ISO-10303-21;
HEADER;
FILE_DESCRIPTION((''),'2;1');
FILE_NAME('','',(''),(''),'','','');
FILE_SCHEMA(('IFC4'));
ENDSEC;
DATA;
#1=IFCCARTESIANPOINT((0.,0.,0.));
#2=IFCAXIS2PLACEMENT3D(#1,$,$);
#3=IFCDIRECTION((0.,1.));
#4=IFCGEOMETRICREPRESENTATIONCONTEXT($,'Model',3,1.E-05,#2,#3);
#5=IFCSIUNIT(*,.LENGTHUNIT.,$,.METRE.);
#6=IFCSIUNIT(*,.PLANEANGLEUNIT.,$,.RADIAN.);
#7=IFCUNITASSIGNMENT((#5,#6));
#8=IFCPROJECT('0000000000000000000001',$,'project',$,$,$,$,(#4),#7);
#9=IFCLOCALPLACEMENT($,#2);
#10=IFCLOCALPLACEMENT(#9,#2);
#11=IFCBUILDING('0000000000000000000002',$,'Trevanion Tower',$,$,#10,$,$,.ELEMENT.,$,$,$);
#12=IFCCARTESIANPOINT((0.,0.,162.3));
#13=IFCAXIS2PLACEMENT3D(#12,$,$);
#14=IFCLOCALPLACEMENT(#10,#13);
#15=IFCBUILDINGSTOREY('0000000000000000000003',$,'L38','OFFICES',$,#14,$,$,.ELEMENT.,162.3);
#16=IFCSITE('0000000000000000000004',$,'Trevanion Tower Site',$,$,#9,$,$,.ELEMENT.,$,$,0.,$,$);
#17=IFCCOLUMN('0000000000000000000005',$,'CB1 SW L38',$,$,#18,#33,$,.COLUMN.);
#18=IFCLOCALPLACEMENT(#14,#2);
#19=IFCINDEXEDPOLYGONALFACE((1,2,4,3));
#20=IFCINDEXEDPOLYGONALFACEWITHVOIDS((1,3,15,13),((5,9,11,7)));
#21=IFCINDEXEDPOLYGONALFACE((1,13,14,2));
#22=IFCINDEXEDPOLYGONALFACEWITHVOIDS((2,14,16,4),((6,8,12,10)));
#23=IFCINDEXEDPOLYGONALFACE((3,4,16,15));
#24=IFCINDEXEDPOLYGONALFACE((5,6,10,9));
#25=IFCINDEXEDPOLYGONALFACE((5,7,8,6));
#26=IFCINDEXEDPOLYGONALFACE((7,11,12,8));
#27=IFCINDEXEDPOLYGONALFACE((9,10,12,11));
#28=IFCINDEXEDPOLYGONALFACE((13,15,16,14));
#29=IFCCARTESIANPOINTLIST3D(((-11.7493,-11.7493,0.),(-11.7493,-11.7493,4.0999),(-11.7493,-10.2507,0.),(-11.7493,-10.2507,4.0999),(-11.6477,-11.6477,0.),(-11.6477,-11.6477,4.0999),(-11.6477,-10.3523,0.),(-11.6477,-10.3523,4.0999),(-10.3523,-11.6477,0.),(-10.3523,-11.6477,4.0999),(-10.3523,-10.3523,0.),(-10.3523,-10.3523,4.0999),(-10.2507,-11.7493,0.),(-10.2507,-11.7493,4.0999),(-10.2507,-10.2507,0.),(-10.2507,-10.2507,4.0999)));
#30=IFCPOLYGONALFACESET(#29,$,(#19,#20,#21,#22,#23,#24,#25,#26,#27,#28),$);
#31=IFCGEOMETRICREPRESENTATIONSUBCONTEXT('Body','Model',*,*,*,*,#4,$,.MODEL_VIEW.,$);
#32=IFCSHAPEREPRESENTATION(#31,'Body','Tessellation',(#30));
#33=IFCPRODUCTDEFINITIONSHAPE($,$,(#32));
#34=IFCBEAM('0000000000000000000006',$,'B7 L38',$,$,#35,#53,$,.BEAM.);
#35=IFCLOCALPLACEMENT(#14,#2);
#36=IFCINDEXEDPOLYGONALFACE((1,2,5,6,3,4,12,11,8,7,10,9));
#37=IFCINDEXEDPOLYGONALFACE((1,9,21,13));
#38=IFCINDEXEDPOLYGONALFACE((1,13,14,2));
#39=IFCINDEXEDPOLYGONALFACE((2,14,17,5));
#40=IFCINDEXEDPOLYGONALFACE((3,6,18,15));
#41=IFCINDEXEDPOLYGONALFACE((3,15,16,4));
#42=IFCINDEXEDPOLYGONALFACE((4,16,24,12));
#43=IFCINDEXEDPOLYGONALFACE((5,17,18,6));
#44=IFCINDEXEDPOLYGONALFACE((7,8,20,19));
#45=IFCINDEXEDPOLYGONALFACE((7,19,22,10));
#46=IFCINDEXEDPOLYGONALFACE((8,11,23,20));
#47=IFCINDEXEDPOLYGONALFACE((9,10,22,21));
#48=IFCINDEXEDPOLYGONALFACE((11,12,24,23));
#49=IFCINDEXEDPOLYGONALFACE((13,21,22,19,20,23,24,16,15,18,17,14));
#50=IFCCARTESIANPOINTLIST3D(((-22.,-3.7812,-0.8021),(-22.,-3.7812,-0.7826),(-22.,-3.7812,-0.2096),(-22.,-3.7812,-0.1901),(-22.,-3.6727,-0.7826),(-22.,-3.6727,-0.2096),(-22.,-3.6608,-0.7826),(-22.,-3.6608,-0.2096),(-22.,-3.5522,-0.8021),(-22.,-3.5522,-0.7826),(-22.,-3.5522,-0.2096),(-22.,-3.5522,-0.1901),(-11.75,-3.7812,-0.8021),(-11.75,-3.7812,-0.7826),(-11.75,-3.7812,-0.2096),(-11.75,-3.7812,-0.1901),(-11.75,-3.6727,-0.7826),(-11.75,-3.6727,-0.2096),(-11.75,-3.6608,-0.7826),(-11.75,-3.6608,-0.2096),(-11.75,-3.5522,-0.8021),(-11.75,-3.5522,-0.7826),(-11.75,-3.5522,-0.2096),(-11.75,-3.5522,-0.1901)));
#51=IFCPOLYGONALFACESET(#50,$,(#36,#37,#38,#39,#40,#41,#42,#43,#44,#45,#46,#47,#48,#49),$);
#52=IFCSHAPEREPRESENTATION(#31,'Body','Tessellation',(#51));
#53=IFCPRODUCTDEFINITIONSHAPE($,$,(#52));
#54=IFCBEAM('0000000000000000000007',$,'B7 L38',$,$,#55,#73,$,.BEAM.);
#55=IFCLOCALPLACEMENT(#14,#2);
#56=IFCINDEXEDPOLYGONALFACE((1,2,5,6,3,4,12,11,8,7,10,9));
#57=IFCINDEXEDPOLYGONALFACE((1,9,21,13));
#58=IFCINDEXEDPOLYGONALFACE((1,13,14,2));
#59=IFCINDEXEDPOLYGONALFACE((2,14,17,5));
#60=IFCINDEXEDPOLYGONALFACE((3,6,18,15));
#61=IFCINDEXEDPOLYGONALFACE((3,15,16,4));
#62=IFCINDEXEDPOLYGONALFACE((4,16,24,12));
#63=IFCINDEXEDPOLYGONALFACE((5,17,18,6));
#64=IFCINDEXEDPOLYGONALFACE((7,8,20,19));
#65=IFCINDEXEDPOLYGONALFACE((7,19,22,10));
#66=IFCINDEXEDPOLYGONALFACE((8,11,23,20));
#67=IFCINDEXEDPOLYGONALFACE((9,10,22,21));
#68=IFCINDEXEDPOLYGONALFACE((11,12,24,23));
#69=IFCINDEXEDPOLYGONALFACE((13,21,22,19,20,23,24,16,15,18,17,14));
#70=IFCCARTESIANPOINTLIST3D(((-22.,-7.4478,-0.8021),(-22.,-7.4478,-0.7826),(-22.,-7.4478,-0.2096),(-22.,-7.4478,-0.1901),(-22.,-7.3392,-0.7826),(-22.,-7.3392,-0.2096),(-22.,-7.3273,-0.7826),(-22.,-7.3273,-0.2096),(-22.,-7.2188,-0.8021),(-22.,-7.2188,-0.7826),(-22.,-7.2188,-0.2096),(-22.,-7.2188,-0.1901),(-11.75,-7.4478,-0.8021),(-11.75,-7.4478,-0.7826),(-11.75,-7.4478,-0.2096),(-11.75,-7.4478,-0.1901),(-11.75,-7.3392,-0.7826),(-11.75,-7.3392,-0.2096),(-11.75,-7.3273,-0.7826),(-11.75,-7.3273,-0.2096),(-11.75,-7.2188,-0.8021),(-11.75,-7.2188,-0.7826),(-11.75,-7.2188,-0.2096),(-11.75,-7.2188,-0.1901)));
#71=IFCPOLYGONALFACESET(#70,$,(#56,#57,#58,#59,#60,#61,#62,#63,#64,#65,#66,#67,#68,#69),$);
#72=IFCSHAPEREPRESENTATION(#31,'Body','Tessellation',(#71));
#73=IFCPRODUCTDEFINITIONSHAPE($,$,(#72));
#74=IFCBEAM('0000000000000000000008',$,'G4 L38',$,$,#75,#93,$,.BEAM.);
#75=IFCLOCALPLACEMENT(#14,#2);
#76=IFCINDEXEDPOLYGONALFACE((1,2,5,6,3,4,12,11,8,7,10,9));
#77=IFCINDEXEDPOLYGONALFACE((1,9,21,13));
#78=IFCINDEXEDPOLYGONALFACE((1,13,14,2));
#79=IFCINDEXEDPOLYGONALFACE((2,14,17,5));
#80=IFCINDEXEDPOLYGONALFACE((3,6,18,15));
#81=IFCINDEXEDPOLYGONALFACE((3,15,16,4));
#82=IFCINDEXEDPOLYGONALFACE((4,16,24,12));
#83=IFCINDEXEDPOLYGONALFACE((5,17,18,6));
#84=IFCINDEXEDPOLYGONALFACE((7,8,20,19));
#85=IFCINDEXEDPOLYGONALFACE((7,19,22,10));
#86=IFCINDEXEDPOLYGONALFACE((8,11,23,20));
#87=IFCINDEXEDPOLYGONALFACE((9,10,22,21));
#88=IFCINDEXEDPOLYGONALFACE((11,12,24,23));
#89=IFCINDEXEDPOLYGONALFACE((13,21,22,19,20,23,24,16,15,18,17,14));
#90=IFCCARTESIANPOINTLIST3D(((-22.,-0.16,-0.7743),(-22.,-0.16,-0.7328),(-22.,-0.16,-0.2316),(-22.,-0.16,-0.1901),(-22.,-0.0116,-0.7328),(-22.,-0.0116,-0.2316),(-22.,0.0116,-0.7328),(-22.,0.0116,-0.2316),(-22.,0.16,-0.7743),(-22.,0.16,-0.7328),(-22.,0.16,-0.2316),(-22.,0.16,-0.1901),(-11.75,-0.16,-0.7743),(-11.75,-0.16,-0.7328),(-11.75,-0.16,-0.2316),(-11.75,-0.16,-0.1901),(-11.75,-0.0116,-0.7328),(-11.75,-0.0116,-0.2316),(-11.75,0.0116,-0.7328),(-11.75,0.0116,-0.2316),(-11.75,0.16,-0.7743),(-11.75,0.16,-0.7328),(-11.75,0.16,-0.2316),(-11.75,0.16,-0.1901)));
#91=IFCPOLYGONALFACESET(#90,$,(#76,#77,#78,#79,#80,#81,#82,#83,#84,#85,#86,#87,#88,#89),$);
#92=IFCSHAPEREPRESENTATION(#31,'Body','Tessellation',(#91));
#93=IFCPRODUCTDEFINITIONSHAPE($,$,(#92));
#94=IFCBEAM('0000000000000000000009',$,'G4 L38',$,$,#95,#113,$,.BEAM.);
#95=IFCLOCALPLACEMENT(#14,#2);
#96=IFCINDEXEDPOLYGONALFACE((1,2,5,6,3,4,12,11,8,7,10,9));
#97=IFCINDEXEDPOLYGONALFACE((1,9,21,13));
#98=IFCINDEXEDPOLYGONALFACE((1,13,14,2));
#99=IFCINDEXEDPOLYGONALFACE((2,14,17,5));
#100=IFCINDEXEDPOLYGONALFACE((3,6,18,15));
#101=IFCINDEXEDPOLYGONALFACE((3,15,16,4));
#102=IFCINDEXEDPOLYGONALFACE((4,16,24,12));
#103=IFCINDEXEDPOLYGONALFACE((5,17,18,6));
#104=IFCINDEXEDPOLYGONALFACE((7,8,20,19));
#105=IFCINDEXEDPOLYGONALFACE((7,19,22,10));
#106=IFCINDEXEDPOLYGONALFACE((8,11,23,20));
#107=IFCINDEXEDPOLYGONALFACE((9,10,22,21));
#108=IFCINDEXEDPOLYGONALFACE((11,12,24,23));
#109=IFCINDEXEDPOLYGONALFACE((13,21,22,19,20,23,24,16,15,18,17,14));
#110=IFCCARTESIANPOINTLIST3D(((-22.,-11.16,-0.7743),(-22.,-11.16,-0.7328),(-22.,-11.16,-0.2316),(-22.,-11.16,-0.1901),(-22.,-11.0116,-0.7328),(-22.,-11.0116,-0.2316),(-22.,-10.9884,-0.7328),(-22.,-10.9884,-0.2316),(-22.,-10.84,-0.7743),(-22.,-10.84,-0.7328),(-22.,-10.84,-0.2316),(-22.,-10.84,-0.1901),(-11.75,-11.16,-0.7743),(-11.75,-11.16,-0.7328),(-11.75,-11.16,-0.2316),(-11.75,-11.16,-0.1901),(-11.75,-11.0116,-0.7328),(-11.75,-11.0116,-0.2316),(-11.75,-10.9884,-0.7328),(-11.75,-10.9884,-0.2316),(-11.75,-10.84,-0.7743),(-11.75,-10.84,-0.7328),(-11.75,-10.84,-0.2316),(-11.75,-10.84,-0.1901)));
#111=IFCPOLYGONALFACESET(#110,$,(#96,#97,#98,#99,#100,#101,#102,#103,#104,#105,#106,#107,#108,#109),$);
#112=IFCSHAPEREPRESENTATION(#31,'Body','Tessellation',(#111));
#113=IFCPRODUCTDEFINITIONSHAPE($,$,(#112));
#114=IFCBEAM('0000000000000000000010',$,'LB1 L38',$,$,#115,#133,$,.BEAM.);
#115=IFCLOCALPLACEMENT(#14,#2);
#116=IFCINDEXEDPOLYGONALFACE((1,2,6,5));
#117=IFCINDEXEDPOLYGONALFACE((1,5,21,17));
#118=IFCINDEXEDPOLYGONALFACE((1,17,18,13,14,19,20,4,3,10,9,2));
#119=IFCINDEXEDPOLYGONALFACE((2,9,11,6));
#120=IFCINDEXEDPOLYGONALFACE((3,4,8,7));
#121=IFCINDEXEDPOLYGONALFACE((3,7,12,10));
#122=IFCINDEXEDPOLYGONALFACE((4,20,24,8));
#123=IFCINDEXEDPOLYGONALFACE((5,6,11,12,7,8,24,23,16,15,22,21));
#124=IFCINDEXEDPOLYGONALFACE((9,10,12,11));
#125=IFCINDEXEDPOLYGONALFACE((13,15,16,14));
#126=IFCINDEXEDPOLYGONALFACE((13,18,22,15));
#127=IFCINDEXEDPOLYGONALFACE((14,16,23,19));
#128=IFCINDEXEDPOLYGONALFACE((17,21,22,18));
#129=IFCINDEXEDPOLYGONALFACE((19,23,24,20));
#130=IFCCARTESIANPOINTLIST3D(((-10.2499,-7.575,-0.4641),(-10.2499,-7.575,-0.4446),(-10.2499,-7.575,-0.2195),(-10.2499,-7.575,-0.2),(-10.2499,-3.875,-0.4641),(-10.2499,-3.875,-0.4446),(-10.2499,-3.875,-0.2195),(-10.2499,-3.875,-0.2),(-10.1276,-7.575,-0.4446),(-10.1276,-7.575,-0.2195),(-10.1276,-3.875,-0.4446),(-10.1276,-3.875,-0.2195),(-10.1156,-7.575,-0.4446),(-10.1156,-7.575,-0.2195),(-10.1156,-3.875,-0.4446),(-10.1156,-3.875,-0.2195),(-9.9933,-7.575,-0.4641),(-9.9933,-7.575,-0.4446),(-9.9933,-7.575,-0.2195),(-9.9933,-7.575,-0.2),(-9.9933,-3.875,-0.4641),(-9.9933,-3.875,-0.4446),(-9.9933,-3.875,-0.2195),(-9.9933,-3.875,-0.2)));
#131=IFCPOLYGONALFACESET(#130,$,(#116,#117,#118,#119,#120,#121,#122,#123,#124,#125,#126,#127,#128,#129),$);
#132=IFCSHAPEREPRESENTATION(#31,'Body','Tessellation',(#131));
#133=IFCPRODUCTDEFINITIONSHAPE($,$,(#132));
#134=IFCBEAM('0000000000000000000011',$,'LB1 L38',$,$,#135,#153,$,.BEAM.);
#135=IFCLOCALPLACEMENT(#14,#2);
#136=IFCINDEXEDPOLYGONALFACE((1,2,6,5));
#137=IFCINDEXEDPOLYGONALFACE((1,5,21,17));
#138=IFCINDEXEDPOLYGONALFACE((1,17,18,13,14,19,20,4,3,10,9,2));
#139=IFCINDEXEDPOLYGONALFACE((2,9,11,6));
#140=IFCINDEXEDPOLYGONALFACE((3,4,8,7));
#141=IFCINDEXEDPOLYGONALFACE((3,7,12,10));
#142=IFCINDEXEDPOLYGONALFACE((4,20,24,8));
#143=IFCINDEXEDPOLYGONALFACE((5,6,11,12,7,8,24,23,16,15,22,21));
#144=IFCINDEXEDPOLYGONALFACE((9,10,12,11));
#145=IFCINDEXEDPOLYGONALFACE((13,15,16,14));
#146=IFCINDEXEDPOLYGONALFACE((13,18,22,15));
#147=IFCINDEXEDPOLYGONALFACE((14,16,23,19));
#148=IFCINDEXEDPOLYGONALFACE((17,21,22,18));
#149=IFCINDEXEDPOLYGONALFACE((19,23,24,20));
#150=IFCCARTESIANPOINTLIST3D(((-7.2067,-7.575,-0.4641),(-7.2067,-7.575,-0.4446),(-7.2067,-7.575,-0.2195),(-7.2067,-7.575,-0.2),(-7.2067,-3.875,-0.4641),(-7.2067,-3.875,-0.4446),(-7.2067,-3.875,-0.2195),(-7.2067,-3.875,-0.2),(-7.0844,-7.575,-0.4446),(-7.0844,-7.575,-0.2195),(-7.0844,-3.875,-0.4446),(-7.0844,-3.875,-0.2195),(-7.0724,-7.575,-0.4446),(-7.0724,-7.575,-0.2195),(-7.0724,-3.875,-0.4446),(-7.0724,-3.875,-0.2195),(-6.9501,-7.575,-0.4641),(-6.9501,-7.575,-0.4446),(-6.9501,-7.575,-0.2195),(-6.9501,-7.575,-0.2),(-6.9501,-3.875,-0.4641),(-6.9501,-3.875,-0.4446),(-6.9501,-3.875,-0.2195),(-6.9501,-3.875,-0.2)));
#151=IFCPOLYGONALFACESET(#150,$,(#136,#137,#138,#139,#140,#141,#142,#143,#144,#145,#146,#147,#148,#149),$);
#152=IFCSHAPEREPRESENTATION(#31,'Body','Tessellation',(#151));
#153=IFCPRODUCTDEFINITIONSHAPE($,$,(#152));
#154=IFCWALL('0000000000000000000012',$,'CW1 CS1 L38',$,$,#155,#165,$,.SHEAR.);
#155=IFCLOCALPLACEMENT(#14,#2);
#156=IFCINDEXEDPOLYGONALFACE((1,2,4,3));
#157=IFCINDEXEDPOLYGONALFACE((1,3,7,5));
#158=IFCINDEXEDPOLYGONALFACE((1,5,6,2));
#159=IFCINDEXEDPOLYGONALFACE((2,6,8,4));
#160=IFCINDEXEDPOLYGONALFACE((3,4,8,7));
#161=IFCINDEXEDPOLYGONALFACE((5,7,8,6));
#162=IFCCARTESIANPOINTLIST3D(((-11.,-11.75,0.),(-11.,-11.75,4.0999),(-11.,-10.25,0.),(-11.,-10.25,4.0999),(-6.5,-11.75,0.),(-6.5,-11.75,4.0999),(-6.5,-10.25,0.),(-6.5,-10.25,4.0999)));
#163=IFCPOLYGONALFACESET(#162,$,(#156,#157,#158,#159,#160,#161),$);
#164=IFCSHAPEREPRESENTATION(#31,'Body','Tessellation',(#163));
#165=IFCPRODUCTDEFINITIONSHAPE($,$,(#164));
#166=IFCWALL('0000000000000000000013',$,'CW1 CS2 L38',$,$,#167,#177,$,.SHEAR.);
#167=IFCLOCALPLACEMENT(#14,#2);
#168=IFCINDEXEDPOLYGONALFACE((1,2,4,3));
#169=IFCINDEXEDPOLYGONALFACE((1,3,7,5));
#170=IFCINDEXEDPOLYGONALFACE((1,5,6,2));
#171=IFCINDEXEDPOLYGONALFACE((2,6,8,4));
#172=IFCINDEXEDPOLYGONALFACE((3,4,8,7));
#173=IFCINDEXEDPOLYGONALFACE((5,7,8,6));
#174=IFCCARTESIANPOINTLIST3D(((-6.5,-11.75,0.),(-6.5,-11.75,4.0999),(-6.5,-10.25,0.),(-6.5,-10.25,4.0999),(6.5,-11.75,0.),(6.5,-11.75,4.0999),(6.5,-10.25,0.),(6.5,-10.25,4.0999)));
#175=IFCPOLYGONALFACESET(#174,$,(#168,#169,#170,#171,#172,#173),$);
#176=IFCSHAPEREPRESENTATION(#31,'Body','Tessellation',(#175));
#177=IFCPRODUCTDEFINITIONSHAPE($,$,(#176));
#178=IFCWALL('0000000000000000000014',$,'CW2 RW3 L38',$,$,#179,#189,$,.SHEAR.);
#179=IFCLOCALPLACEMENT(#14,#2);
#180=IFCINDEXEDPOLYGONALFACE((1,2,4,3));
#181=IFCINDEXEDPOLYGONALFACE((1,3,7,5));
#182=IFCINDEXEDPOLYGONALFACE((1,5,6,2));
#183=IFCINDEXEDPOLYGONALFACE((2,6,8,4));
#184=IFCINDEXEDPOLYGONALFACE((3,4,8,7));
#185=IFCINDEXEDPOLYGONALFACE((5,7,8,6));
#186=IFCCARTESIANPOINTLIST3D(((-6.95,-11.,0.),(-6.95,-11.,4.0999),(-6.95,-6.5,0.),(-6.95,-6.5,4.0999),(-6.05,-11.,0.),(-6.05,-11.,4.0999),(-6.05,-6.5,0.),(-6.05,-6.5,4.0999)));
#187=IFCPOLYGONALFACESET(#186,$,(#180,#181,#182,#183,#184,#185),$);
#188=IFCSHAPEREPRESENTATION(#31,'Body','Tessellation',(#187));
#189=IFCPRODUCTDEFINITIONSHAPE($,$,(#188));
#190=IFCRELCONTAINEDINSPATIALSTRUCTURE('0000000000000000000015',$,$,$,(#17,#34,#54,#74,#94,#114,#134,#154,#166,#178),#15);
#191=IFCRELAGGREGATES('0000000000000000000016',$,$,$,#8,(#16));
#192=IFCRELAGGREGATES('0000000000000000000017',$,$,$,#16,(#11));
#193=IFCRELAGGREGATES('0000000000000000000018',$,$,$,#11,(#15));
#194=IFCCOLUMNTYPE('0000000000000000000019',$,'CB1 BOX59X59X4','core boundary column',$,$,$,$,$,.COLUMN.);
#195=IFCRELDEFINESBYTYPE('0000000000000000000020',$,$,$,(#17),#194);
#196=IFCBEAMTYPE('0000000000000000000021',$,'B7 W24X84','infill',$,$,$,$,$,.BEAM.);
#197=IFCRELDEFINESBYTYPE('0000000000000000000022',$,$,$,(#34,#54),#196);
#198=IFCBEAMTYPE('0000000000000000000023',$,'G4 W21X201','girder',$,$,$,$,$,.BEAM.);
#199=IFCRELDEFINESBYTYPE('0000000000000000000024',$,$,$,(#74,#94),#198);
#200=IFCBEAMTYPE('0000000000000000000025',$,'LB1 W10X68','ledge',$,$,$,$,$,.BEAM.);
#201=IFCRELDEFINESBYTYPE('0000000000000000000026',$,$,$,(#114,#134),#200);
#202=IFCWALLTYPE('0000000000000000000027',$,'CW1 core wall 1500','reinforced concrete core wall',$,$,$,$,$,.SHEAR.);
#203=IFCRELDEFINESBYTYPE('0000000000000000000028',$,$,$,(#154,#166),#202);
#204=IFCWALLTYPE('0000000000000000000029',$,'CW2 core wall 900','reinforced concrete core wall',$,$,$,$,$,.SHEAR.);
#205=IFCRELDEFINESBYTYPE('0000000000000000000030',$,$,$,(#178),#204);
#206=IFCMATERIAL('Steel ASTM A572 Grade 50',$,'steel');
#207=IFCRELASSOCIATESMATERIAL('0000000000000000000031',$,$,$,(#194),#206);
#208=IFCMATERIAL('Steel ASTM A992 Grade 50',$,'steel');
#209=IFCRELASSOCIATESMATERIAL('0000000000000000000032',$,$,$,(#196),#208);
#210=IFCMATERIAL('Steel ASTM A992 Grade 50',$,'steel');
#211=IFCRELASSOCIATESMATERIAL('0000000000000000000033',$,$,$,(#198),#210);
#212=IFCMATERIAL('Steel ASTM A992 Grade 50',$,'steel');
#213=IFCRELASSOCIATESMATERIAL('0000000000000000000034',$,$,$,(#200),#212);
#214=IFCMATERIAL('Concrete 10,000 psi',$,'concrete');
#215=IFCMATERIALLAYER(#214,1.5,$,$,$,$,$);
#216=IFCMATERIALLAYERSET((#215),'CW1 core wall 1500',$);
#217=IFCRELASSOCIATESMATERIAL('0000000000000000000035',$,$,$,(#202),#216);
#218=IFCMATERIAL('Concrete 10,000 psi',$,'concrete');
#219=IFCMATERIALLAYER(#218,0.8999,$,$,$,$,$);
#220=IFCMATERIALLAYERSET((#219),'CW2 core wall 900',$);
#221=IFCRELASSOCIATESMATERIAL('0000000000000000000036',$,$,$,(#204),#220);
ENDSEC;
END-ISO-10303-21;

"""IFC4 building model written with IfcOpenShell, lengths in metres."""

from ifc_helpers import new_model, si_unit, direction, frame, frame_2d, origin, origin_2d, place, context, subcontext, project, spatial, rectangle, hollow_rectangle, i_section, extrude, material, layer, layer_set, material_profile, profile_set, type_object, element, save


model = new_model("IFC4")

# Units and contexts
model_context = context("Model", 3, precision=1e-05, world=origin(), true_north=direction((0.0, 1.0)))
body_context = subcontext(model_context, "Body", "Model", "MODEL_VIEW")
ifc_project = project(units=[si_unit("LENGTHUNIT", "METRE"), si_unit("PLANEANGLEUNIT", "RADIAN")], contexts=[model_context])

# Site, building, storey
site_placement = place(None, origin())
site = spatial("IfcSite", under=ifc_project, at=site_placement, Name="Trevanion Tower Site", CompositionType="ELEMENT", RefElevation=0.0)
building_placement = place(site_placement, origin())
building = spatial("IfcBuilding", under=site, at=building_placement, Name="Trevanion Tower", CompositionType="ELEMENT")
storey_placement = place(building_placement, frame((0.0, 0.0, 162.3)))
storey = spatial("IfcBuildingStorey", under=building, at=storey_placement, Name="L38", Description="OFFICES", CompositionType="ELEMENT", Elevation=162.3)

# Column
ifc_material_1 = material(Name="Steel ASTM A572 Grade 50", Category="steel")
ifc_material_profile_1 = material_profile(ifc_material_1, hollow_rectangle(XDim=1.4985, YDim=1.4985, WallThickness=0.1016, at=origin_2d()), Name="BOX59X59X4")
ifc_profile_set_1 = profile_set([ifc_material_profile_1], Name="Steel ASTM A572 Grade 50")
column_type = type_object("IfcColumnType", Name="CB1 BOX59X59X4", Description="core boundary column", PredefinedType="COLUMN", material=ifc_profile_set_1)
column_placement = place(storey_placement, frame((-11.0, -11.0, 0.0), z_axis=(0.0, 0.0, 1.0), x_axis=(1.0, 0.0, 0.0)))
element("IfcColumn", 1, at=column_placement, inside=storey, type_object=column_type, Name="CB1 SW L38", PredefinedType="COLUMN", context=body_context, shape_type="SweptSolid", body=[
    extrude(hollow_rectangle(XDim=1.4985, YDim=1.4985, WallThickness=0.1016, at=origin_2d()), origin(), (0.0, 0.0, 1.0), 4.0999),
])

# Beams
ifc_material_2 = material(Name="Steel ASTM A992 Grade 50", Category="steel")
ifc_material_profile_2 = material_profile(ifc_material_2, i_section(OverallWidth=0.229, OverallDepth=0.6121, WebThickness=0.012, FlangeThickness=0.0195, at=origin_2d()), Name="W24X84")
ifc_profile_set_2 = profile_set([ifc_material_profile_2], Name="Steel ASTM A992 Grade 50")
beam_type_1 = type_object("IfcBeamType", Name="B7 W24X84", Description="infill", PredefinedType="BEAM", material=ifc_profile_set_2)
for number, where, z_axis, x_axis, name in (
    (2, (-11.75, -3.6667, -0.4961), (-1.0, 0.0, 0.0), (0.0, -1.0, 0.0), "B7 L38"),
    (3, (-11.75, -7.3333, -0.4961), (-1.0, 0.0, 0.0), (0.0, -1.0, 0.0), "B7 L38"),
):
    element("IfcBeam", number, at=place(storey_placement, frame(where, z_axis=z_axis, x_axis=x_axis)), inside=storey, type_object=beam_type_1, Name=name, PredefinedType="BEAM", context=body_context, shape_type="SweptSolid", body=[
        extrude(i_section(OverallWidth=0.229, OverallDepth=0.6121, WebThickness=0.012, FlangeThickness=0.0195, at=origin_2d()), origin(), (0.0, 0.0, 1.0), 10.25),
    ])
ifc_material_3 = material(Name="Steel ASTM A992 Grade 50", Category="steel")
ifc_material_profile_3 = material_profile(ifc_material_3, i_section(OverallWidth=0.3201, OverallDepth=0.5842, WebThickness=0.0232, FlangeThickness=0.0415, at=origin_2d()), Name="W21X201")
ifc_profile_set_3 = profile_set([ifc_material_profile_3], Name="Steel ASTM A992 Grade 50")
beam_type_2 = type_object("IfcBeamType", Name="G4 W21X201", Description="girder", PredefinedType="BEAM", material=ifc_profile_set_3)
for number, where, z_axis, x_axis, name in (
    (4, (-11.75, 0.0, -0.4822), (-1.0, 0.0, 0.0), (0.0, -1.0, 0.0), "G4 L38"),
    (5, (-11.75, -11.0, -0.4822), (-1.0, 0.0, 0.0), (0.0, -1.0, 0.0), "G4 L38"),
):
    element("IfcBeam", number, at=place(storey_placement, frame(where, z_axis=z_axis, x_axis=x_axis)), inside=storey, type_object=beam_type_2, Name=name, PredefinedType="BEAM", context=body_context, shape_type="SweptSolid", body=[
        extrude(i_section(OverallWidth=0.3201, OverallDepth=0.5842, WebThickness=0.0232, FlangeThickness=0.0415, at=origin_2d()), origin(), (0.0, 0.0, 1.0), 10.25),
    ])
ifc_material_4 = material(Name="Steel ASTM A992 Grade 50", Category="steel")
ifc_material_profile_4 = material_profile(ifc_material_4, i_section(OverallWidth=0.2566, OverallDepth=0.2642, WebThickness=0.012, FlangeThickness=0.0195, at=origin_2d()), Name="W10X68")
ifc_profile_set_4 = profile_set([ifc_material_profile_4], Name="Steel ASTM A992 Grade 50")
beam_type_3 = type_object("IfcBeamType", Name="LB1 W10X68", Description="ledge", PredefinedType="BEAM", material=ifc_profile_set_4)
for number, where, z_axis, x_axis, name in (
    (6, (-10.1216, -7.575, -0.332), (0.0, 1.0, 0.0), (-1.0, 0.0, 0.0), "LB1 L38"),
    (7, (-7.0784, -7.575, -0.332), (0.0, 1.0, 0.0), (-1.0, 0.0, 0.0), "LB1 L38"),
):
    element("IfcBeam", number, at=place(storey_placement, frame(where, z_axis=z_axis, x_axis=x_axis)), inside=storey, type_object=beam_type_3, Name=name, PredefinedType="BEAM", context=body_context, shape_type="SweptSolid", body=[
        extrude(i_section(OverallWidth=0.2566, OverallDepth=0.2642, WebThickness=0.012, FlangeThickness=0.0195, at=origin_2d()), origin(), (0.0, 0.0, 1.0), 3.7),
    ])

# Walls
ifc_material_5 = material(Name="Concrete 10,000 psi", Category="concrete")
ifc_layer_1 = layer(ifc_material_5, 1.5)
ifc_layer_set_1 = layer_set([ifc_layer_1], Name="CW1 core wall 1500")
wall_type_1 = type_object("IfcWallType", Name="CW1 core wall 1500", Description="reinforced concrete core wall", PredefinedType="SHEAR", material=ifc_layer_set_1)
wall_1_placement = place(storey_placement, frame((-11.0, -11.0, 0.0), z_axis=(0.0, 0.0, 1.0), x_axis=(1.0, 0.0, 0.0)))
element("IfcWall", 8, at=wall_1_placement, inside=storey, type_object=wall_type_1, Name="CW1 CS1 L38", PredefinedType="SHEAR", context=body_context, shape_type="SweptSolid", body=[
    extrude(rectangle(XDim=4.5, YDim=1.5, at=frame_2d((2.25, 0.0))), origin(), (0.0, 0.0, 1.0), 4.0999),
])
wall_2_placement = place(storey_placement, frame((-6.5, -11.0, 0.0), z_axis=(0.0, 0.0, 1.0), x_axis=(1.0, 0.0, 0.0)))
element("IfcWall", 9, at=wall_2_placement, inside=storey, type_object=wall_type_1, Name="CW1 CS2 L38", PredefinedType="SHEAR", context=body_context, shape_type="SweptSolid", body=[
    extrude(rectangle(XDim=13.0, YDim=1.5, at=frame_2d((6.5, 0.0))), origin(), (0.0, 0.0, 1.0), 4.0999),
])
ifc_material_6 = material(Name="Concrete 10,000 psi", Category="concrete")
ifc_layer_2 = layer(ifc_material_6, 0.8999)
ifc_layer_set_2 = layer_set([ifc_layer_2], Name="CW2 core wall 900")
wall_type_2 = type_object("IfcWallType", Name="CW2 core wall 900", Description="reinforced concrete core wall", PredefinedType="SHEAR", material=ifc_layer_set_2)
wall_3_placement = place(storey_placement, frame((-6.5, -6.5, 0.0), z_axis=(0.0, 0.0, 1.0), x_axis=(0.0, -1.0, 0.0)))
element("IfcWall", 10, at=wall_3_placement, inside=storey, type_object=wall_type_2, Name="CW2 RW3 L38", PredefinedType="SHEAR", context=body_context, shape_type="SweptSolid", body=[
    extrude(rectangle(XDim=4.5, YDim=0.8999, at=frame_2d((2.25, 0.0))), origin(), (0.0, 0.0, 1.0), 4.0999),
])

save(model, "model.ifc")
